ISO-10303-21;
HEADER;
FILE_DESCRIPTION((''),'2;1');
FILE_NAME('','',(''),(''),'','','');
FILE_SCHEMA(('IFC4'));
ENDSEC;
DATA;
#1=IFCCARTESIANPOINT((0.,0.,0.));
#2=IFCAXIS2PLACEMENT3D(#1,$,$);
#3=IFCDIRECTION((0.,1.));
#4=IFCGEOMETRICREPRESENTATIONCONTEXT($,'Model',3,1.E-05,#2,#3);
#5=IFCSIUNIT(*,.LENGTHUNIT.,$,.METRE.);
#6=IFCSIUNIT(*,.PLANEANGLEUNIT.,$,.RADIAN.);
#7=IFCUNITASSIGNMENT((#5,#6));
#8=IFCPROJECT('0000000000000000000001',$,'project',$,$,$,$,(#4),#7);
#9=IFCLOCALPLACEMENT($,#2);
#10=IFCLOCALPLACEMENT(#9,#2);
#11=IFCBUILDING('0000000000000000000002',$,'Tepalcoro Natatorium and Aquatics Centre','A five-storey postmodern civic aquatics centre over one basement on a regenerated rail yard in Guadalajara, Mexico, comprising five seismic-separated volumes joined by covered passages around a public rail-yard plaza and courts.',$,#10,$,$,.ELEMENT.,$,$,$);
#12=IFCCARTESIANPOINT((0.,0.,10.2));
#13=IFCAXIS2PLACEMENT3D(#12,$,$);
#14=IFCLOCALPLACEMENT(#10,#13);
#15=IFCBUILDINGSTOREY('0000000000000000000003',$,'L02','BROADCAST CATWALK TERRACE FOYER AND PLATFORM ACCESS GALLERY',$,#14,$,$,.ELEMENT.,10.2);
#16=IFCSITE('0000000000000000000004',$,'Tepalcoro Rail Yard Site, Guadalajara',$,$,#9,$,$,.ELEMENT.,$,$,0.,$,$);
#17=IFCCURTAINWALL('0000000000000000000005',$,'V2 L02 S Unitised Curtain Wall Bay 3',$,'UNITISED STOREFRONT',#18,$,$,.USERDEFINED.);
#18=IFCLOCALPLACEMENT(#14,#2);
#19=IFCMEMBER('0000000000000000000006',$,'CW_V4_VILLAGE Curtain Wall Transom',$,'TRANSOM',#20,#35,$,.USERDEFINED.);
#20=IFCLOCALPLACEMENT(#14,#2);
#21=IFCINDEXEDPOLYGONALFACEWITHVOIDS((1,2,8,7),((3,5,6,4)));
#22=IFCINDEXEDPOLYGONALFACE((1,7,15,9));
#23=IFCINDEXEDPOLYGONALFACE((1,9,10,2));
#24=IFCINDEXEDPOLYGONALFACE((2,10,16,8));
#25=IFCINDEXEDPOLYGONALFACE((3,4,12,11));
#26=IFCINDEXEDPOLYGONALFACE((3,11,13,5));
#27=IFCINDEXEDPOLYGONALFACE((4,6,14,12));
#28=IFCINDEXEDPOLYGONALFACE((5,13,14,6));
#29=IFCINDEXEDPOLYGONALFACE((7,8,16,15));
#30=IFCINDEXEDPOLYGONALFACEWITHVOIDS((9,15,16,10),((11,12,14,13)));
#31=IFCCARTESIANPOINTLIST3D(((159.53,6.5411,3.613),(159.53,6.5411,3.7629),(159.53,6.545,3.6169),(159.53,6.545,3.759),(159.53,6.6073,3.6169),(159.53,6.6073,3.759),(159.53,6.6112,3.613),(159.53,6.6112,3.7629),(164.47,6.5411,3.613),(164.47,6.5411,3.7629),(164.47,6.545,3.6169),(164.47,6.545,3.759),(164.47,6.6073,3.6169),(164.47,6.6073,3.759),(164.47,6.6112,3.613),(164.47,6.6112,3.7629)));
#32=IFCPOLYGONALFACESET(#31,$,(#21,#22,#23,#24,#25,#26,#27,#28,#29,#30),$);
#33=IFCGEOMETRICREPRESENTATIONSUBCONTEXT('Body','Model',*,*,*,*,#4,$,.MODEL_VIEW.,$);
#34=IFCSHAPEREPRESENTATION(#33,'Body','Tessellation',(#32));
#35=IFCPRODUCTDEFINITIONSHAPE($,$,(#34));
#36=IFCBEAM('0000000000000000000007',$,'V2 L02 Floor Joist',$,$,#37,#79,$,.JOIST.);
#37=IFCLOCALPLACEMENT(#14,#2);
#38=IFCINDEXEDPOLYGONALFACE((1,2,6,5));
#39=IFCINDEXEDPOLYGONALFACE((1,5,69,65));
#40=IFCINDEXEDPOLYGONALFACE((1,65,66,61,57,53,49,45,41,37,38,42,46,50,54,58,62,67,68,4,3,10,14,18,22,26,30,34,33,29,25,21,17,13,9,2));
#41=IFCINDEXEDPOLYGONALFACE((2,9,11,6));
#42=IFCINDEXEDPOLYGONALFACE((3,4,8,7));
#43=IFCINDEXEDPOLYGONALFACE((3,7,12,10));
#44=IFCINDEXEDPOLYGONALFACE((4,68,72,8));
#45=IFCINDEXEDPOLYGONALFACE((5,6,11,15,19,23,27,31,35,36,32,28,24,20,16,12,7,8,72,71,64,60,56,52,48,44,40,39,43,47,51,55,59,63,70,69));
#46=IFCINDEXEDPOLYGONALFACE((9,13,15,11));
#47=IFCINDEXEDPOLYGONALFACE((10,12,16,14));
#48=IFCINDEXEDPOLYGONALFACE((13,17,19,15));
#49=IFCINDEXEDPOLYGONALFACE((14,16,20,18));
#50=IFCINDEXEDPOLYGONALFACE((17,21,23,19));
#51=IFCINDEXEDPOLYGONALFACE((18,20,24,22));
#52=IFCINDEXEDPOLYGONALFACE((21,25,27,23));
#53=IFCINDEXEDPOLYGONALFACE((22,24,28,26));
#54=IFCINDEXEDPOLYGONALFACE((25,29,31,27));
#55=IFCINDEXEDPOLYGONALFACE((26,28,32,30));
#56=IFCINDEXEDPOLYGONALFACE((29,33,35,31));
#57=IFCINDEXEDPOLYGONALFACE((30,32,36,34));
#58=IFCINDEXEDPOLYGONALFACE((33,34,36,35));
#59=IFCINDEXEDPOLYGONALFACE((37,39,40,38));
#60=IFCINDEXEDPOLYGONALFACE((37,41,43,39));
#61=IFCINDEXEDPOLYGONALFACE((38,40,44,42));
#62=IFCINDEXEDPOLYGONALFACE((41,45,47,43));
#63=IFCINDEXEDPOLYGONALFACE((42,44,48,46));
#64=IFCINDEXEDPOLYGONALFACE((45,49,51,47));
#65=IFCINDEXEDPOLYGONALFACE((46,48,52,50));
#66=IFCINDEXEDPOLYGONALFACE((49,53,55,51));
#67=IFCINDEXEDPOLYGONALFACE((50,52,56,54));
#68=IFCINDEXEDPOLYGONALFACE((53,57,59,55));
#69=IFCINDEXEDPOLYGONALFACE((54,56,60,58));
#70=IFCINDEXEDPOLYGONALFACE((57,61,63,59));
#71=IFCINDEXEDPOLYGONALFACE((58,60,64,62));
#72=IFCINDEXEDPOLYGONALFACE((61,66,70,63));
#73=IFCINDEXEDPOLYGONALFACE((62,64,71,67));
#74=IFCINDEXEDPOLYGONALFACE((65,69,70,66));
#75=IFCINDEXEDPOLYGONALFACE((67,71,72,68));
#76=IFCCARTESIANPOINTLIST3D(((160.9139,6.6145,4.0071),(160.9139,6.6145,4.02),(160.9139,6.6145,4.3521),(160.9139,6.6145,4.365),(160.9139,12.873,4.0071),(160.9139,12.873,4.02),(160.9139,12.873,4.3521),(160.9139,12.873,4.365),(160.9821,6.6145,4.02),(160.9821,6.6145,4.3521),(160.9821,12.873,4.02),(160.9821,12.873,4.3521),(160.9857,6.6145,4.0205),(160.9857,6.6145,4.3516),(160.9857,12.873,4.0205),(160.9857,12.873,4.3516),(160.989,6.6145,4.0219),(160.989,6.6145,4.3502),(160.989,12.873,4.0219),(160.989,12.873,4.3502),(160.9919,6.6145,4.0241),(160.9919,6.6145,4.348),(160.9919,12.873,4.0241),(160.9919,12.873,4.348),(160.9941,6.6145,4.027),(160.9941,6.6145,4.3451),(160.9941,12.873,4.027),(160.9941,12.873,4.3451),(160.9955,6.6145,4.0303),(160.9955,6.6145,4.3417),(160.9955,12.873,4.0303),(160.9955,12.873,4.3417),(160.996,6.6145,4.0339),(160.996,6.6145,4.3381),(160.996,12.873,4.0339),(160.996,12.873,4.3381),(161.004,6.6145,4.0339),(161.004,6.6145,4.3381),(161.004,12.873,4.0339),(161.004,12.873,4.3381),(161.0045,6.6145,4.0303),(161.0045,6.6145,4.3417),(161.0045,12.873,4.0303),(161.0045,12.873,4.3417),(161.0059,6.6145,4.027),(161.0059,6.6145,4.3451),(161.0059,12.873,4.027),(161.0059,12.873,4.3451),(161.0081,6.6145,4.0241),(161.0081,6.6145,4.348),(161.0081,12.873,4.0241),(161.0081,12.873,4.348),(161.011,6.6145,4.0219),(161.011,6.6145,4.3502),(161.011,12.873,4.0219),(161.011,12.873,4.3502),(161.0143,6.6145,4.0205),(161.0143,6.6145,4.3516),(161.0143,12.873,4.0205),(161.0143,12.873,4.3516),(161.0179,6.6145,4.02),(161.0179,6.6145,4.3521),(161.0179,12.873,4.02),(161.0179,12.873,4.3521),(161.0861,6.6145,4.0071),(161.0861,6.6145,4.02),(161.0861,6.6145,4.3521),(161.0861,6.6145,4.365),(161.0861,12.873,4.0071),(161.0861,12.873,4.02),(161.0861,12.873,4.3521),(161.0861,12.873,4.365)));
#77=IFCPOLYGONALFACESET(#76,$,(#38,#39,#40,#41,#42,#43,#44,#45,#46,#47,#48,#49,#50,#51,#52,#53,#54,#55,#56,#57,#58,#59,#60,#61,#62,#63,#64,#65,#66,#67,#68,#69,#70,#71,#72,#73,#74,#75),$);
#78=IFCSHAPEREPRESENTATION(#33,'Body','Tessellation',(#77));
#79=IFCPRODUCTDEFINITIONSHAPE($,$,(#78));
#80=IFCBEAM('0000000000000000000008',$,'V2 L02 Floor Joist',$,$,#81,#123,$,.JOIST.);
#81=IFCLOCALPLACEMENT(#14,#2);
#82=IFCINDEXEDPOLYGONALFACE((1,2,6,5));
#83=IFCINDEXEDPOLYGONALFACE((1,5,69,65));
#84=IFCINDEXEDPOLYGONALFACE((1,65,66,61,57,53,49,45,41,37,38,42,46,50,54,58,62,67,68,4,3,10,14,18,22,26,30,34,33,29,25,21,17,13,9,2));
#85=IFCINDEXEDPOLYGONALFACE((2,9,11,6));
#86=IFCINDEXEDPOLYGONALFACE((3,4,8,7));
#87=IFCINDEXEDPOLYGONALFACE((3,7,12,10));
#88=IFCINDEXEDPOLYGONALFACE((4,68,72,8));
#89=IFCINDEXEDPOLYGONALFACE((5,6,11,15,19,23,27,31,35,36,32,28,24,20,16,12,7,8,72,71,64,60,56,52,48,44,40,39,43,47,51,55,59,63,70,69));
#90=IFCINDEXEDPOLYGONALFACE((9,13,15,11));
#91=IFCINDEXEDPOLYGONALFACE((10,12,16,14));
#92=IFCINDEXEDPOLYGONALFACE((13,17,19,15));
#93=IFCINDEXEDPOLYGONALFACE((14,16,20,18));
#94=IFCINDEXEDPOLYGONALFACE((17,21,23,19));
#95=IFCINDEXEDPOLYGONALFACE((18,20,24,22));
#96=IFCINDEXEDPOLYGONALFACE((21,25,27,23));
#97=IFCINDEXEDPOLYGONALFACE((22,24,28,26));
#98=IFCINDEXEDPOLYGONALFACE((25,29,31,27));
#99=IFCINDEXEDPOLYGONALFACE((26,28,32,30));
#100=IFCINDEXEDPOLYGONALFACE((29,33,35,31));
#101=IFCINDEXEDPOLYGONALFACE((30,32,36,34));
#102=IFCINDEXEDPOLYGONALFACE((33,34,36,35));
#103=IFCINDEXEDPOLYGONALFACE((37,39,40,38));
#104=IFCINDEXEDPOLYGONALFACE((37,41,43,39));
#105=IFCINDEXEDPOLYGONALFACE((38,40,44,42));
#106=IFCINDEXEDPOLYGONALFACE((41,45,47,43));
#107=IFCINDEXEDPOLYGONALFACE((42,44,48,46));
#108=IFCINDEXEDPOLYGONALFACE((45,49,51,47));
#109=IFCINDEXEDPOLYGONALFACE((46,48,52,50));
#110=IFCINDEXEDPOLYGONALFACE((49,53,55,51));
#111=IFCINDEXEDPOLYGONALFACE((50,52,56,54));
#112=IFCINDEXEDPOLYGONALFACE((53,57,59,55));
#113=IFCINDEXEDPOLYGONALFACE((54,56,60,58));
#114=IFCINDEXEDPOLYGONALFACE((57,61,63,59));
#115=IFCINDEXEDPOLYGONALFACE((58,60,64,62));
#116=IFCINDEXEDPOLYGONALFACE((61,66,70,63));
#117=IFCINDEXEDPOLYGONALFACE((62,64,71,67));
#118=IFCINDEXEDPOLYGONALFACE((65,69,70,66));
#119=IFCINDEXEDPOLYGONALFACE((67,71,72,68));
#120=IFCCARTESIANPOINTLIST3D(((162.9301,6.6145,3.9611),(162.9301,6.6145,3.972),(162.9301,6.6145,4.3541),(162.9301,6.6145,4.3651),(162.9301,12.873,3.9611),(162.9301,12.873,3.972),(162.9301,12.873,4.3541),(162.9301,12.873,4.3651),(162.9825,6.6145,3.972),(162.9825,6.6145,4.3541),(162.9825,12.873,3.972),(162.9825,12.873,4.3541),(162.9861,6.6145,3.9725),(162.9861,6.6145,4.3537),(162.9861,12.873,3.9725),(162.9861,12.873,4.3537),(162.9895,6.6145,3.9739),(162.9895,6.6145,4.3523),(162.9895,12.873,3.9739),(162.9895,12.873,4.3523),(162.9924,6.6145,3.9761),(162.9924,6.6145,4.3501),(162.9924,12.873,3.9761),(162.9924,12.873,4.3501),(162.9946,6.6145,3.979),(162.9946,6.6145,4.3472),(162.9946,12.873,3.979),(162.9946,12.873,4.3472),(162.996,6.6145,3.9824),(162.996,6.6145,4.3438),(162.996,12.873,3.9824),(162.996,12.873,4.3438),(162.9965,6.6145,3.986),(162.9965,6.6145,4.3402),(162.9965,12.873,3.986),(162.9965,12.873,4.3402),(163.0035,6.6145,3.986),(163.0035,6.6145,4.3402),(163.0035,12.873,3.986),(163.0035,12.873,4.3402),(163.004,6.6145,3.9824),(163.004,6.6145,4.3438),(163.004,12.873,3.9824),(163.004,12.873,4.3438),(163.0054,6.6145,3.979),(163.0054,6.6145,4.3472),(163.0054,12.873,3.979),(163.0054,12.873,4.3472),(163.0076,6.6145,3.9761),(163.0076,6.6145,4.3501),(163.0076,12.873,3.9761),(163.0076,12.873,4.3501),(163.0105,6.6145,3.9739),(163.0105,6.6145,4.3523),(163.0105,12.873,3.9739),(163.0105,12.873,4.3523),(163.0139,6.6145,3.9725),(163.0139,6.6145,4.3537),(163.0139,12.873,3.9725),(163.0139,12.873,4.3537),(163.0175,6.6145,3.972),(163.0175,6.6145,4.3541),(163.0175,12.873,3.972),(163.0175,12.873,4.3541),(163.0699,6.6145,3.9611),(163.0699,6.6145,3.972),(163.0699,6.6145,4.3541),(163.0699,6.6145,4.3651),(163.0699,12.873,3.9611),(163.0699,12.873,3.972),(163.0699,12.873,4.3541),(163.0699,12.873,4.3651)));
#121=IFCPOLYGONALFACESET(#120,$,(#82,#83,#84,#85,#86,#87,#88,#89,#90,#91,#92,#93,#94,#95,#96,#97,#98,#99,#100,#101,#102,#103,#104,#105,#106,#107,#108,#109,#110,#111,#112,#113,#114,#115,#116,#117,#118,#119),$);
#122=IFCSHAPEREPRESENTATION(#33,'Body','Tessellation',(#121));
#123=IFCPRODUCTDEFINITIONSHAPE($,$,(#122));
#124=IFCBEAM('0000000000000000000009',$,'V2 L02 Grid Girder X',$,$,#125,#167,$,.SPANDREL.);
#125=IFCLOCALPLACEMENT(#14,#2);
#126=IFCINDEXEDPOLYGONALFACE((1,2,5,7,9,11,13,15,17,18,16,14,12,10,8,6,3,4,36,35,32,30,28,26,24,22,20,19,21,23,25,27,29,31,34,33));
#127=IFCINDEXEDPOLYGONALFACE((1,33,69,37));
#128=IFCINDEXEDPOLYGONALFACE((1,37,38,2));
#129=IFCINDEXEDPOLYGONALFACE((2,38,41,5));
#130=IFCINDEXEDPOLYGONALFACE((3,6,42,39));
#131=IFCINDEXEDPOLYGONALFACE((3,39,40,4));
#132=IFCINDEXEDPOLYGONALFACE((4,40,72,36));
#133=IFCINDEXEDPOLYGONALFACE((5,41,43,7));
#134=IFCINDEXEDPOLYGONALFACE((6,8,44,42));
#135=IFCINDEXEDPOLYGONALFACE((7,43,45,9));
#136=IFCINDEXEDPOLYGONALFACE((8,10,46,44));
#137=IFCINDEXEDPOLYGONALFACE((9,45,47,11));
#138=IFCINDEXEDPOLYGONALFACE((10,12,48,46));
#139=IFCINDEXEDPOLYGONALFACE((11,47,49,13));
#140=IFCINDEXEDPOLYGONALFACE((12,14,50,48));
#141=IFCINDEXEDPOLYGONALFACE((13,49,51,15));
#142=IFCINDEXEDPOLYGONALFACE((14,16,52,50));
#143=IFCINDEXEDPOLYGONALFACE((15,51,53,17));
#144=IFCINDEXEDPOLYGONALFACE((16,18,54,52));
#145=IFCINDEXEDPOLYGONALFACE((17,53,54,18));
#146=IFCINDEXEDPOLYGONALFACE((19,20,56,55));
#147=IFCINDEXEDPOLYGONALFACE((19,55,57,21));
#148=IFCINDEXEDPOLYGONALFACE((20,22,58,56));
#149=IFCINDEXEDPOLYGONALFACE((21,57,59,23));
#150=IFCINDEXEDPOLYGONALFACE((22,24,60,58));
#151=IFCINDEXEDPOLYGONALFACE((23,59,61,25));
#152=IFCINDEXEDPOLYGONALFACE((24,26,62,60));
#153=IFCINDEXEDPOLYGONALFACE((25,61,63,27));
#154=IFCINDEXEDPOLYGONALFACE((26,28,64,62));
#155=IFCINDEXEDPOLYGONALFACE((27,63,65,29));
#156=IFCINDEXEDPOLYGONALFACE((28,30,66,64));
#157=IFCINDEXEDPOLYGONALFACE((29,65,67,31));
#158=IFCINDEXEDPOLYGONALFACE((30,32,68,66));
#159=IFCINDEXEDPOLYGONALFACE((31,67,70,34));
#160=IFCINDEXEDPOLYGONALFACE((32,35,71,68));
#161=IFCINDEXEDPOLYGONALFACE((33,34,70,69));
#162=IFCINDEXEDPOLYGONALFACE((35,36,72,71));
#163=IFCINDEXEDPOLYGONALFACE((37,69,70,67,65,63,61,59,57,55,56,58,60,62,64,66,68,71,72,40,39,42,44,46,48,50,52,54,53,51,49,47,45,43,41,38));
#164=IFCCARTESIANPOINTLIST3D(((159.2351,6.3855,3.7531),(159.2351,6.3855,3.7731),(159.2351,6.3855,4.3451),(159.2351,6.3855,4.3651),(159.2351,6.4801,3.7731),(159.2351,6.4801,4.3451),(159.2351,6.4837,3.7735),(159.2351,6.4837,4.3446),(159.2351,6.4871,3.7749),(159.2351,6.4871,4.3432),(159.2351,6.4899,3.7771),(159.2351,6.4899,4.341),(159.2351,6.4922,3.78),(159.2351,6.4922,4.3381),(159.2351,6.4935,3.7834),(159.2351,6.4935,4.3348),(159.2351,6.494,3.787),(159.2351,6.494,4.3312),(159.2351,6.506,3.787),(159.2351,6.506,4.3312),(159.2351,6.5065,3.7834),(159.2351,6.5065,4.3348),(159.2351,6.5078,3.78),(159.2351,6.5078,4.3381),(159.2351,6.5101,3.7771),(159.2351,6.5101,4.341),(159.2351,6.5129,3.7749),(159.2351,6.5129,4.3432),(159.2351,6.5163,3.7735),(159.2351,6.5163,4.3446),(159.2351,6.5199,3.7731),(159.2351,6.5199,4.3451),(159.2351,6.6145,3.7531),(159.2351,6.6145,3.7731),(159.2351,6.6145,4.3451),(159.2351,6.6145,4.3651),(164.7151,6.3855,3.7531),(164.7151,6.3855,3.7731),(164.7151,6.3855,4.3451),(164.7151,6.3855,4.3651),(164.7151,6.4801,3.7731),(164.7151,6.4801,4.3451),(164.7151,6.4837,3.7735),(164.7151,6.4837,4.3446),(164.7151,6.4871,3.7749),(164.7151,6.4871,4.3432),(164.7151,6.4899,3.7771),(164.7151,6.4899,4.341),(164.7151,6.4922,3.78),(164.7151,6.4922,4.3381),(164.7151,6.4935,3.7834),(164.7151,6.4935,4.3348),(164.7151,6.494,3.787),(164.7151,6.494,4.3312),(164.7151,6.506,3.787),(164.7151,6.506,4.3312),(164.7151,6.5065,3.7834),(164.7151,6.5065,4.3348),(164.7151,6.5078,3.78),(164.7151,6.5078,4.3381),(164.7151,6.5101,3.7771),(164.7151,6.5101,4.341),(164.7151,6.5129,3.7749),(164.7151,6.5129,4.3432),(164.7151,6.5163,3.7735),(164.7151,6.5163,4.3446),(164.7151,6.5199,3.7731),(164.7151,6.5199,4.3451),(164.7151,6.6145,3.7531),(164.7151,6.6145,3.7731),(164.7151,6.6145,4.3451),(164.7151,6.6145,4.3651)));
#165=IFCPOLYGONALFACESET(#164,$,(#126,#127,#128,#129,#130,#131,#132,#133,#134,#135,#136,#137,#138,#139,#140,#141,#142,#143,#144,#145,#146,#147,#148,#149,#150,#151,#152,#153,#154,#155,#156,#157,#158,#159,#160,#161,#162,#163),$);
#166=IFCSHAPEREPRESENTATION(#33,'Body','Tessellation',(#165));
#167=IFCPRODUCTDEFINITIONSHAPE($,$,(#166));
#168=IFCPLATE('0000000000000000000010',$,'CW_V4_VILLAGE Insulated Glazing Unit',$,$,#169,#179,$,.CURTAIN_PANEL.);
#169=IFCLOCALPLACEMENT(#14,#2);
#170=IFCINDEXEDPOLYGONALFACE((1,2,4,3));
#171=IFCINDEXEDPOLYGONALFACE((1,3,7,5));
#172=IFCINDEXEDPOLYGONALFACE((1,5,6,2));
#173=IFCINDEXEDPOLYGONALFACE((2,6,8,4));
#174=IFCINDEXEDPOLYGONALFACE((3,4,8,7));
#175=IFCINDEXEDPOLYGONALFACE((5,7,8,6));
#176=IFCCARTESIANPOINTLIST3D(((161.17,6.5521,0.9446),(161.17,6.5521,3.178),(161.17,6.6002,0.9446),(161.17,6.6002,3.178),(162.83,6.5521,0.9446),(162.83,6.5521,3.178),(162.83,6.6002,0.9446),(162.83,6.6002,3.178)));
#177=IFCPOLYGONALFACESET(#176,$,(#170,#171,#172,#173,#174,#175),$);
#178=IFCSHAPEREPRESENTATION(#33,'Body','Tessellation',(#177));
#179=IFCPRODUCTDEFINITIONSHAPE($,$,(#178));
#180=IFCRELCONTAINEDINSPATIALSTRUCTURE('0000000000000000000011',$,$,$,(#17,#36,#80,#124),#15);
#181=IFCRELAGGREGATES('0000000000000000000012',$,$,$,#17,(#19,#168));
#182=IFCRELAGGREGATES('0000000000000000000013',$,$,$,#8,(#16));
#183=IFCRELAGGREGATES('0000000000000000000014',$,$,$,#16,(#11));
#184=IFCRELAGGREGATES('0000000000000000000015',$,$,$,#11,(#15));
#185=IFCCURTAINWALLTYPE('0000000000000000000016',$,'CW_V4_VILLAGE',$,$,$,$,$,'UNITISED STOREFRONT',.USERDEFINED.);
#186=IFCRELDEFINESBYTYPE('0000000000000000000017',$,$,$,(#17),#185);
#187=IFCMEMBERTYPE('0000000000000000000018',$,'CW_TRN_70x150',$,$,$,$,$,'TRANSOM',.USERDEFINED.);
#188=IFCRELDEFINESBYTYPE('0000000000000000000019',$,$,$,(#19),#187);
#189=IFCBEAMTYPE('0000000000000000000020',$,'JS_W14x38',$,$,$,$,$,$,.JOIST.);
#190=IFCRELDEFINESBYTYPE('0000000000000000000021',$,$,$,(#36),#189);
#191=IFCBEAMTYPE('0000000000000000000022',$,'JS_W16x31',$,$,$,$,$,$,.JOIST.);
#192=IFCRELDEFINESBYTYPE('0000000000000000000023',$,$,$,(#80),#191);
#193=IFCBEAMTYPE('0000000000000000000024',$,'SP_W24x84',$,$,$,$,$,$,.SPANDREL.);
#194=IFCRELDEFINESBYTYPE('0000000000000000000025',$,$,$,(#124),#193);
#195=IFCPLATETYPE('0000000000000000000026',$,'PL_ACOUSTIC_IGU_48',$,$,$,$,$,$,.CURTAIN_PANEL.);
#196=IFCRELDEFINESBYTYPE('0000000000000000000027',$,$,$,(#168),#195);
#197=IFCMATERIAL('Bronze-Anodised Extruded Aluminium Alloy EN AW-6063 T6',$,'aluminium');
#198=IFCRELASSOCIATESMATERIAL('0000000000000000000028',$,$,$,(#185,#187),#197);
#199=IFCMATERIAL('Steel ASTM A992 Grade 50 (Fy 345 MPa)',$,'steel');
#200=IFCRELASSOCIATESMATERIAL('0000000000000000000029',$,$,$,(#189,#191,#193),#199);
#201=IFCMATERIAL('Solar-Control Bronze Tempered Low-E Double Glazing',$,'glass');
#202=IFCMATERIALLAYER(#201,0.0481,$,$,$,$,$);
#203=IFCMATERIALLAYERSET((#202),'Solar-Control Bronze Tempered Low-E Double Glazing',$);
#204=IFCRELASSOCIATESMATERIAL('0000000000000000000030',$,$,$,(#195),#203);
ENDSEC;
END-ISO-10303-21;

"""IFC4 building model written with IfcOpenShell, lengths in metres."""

from ifc_helpers import new_model, si_unit, direction, frame, origin, origin_2d, place, context, subcontext, project, spatial, rectangle, hollow_rectangle, i_section, extrude, material, layer, layer_set, material_profile, profile_set, type_object, element, aggregate, save


model = new_model("IFC4")

# Units and contexts
model_context = context("Model", 3, precision=1e-05, world=origin(), true_north=direction((0.0, 1.0)))
body_context = subcontext(model_context, "Body", "Model", "MODEL_VIEW")
ifc_project = project(units=[si_unit("LENGTHUNIT", "METRE"), si_unit("PLANEANGLEUNIT", "RADIAN")], contexts=[model_context])

# Site, building, storey
site_placement = place(None, origin())
site = spatial("IfcSite", under=ifc_project, at=site_placement, Name="Tepalcoro Rail Yard Site, Guadalajara", CompositionType="ELEMENT", RefElevation=0.0)
building_placement = place(site_placement, origin())
building = spatial("IfcBuilding", under=site, at=building_placement, Name="Tepalcoro Natatorium and Aquatics Centre", Description="A five-storey postmodern civic aquatics centre over one basement on a regenerated rail yard in Guadalajara, Mexico, comprising five seismic-separated volumes joined by covered passages around a public rail-yard plaza and courts.", CompositionType="ELEMENT")
storey_placement = place(building_placement, frame((0.0, 0.0, 10.2)))
storey = spatial("IfcBuildingStorey", under=building, at=storey_placement, Name="L02", Description="BROADCAST CATWALK TERRACE FOYER AND PLATFORM ACCESS GALLERY", CompositionType="ELEMENT", Elevation=10.2)

# Shared definitions
ifc_material_1 = material(Name="Steel ASTM A992 Grade 50 (Fy 345 MPa)", Category="steel")

# Curtain wall, member
ifc_material_2 = material(Name="Bronze-Anodised Extruded Aluminium Alloy EN AW-6063 T6", Category="aluminium")
curtain_wall_type = type_object("IfcCurtainWallType", Name="CW_V4_VILLAGE", ElementType="UNITISED STOREFRONT", PredefinedType="USERDEFINED", material=ifc_material_2)
curtain_wall_placement = place(storey_placement, origin())
curtain_wall = element("IfcCurtainWall", 1, at=curtain_wall_placement, inside=storey, type_object=curtain_wall_type, Name="V2 L02 S Unitised Curtain Wall Bay 3", ObjectType="UNITISED STOREFRONT", PredefinedType="USERDEFINED")
ifc_material_profile_1 = material_profile(ifc_material_2, hollow_rectangle(XDim=0.0701, YDim=0.1499, WallThickness=0.0039, at=origin_2d()), Name="AL70X150X4")
ifc_profile_set_1 = profile_set([ifc_material_profile_1], Name="Bronze-Anodised Extruded Aluminium Alloy EN AW-6063 T6")
member_type_1 = type_object("IfcMemberType", Name="CW_TRN_70x150", ElementType="TRANSOM", PredefinedType="USERDEFINED", material=ifc_profile_set_1)
member_1_placement = place(storey_placement, frame((159.53, 6.5762, 3.688), z_axis=(1.0, 0.0, 0.0), x_axis=(0.0, 1.0, 0.0)))
member_1 = element("IfcMember", 2, at=member_1_placement, type_object=member_type_1, Name="CW_V4_VILLAGE Curtain Wall Transom", ObjectType="TRANSOM", PredefinedType="USERDEFINED", context=body_context, shape_type="SweptSolid", body=[
    extrude(hollow_rectangle(XDim=0.0701, YDim=0.1499, WallThickness=0.0039, at=origin_2d()), origin(), (0.0, 0.0, 1.0), 4.9399),
])

# Beams
ifc_material_profile_2 = material_profile(ifc_material_1, i_section(OverallWidth=0.1721, OverallDepth=0.3579, WebThickness=0.0081, FlangeThickness=0.0129, FilletRadius=0.0139, at=origin_2d()), Name="W14X38")
ifc_profile_set_2 = profile_set([ifc_material_profile_2], Name="Steel ASTM A992 Grade 50 (Fy 345 MPa)")
beam_type_1 = type_object("IfcBeamType", Name="JS_W14x38", PredefinedType="JOIST", material=ifc_profile_set_2)
beam_1_placement = place(storey_placement, frame((161.0, 6.6145, 4.186), z_axis=(0.0, 1.0, 0.0), x_axis=(-1.0, 0.0, 0.0)))
element("IfcBeam", 3, at=beam_1_placement, inside=storey, type_object=beam_type_1, Name="V2 L02 Floor Joist", PredefinedType="JOIST", context=body_context, shape_type="SweptSolid", body=[
    extrude(i_section(OverallWidth=0.1721, OverallDepth=0.3579, WebThickness=0.0081, FlangeThickness=0.0129, FilletRadius=0.0139, at=origin_2d()), origin(), (0.0, 0.0, 1.0), 6.2585),
])
ifc_material_profile_3 = material_profile(ifc_material_1, i_section(OverallWidth=0.1399, OverallDepth=0.4041, WebThickness=0.0071, FlangeThickness=0.011, FilletRadius=0.0139, at=origin_2d()), Name="W16X31")
ifc_profile_set_3 = profile_set([ifc_material_profile_3], Name="Steel ASTM A992 Grade 50 (Fy 345 MPa)")
beam_type_2 = type_object("IfcBeamType", Name="JS_W16x31", PredefinedType="JOIST", material=ifc_profile_set_3)
beam_2_placement = place(storey_placement, frame((163.0, 6.6145, 4.1631), z_axis=(0.0, 1.0, 0.0), x_axis=(-1.0, 0.0, 0.0)))
element("IfcBeam", 4, at=beam_2_placement, inside=storey, type_object=beam_type_2, Name="V2 L02 Floor Joist", PredefinedType="JOIST", context=body_context, shape_type="SweptSolid", body=[
    extrude(i_section(OverallWidth=0.1399, OverallDepth=0.4041, WebThickness=0.0071, FlangeThickness=0.011, FilletRadius=0.0139, at=origin_2d()), origin(), (0.0, 0.0, 1.0), 6.2585),
])
ifc_material_profile_4 = material_profile(ifc_material_1, i_section(OverallWidth=0.229, OverallDepth=0.6121, WebThickness=0.012, FlangeThickness=0.02, FilletRadius=0.0139, at=origin_2d()), Name="W24X84")
ifc_profile_set_4 = profile_set([ifc_material_profile_4], Name="Steel ASTM A992 Grade 50 (Fy 345 MPa)")
beam_type_3 = type_object("IfcBeamType", Name="SP_W24x84", PredefinedType="SPANDREL", material=ifc_profile_set_4)
beam_3_placement = place(storey_placement, frame((159.2351, 6.5, 4.0591), z_axis=(1.0, 0.0, 0.0), x_axis=(0.0, 1.0, 0.0)))
element("IfcBeam", 5, at=beam_3_placement, inside=storey, type_object=beam_type_3, Name="V2 L02 Grid Girder X", PredefinedType="SPANDREL", context=body_context, shape_type="SweptSolid", body=[
    extrude(i_section(OverallWidth=0.229, OverallDepth=0.6121, WebThickness=0.012, FlangeThickness=0.02, FilletRadius=0.0139, at=origin_2d()), origin(), (0.0, 0.0, 1.0), 5.48),
])

# Plate
ifc_material_3 = material(Name="Solar-Control Bronze Tempered Low-E Double Glazing", Category="glass")
ifc_layer_1 = layer(ifc_material_3, 0.0481)
ifc_layer_set_1 = layer_set([ifc_layer_1], Name="Solar-Control Bronze Tempered Low-E Double Glazing")
plate_type_1 = type_object("IfcPlateType", Name="PL_ACOUSTIC_IGU_48", PredefinedType="CURTAIN_PANEL", material=ifc_layer_set_1)
plate_1_placement = place(storey_placement, frame((162.0, 6.5762, 0.9446), z_axis=(0.0, 0.0, 1.0), x_axis=(1.0, 0.0, 0.0)))
plate_1 = element("IfcPlate", 6, at=plate_1_placement, type_object=plate_type_1, Name="CW_V4_VILLAGE Insulated Glazing Unit", PredefinedType="CURTAIN_PANEL", context=body_context, shape_type="SweptSolid", body=[
    extrude(rectangle(XDim=1.6599, YDim=0.0481, at=origin_2d()), origin(), (0.0, 0.0, 1.0), 2.2334),
])
aggregate(curtain_wall, [member_1, plate_1])

save(model, "model.ifc")
